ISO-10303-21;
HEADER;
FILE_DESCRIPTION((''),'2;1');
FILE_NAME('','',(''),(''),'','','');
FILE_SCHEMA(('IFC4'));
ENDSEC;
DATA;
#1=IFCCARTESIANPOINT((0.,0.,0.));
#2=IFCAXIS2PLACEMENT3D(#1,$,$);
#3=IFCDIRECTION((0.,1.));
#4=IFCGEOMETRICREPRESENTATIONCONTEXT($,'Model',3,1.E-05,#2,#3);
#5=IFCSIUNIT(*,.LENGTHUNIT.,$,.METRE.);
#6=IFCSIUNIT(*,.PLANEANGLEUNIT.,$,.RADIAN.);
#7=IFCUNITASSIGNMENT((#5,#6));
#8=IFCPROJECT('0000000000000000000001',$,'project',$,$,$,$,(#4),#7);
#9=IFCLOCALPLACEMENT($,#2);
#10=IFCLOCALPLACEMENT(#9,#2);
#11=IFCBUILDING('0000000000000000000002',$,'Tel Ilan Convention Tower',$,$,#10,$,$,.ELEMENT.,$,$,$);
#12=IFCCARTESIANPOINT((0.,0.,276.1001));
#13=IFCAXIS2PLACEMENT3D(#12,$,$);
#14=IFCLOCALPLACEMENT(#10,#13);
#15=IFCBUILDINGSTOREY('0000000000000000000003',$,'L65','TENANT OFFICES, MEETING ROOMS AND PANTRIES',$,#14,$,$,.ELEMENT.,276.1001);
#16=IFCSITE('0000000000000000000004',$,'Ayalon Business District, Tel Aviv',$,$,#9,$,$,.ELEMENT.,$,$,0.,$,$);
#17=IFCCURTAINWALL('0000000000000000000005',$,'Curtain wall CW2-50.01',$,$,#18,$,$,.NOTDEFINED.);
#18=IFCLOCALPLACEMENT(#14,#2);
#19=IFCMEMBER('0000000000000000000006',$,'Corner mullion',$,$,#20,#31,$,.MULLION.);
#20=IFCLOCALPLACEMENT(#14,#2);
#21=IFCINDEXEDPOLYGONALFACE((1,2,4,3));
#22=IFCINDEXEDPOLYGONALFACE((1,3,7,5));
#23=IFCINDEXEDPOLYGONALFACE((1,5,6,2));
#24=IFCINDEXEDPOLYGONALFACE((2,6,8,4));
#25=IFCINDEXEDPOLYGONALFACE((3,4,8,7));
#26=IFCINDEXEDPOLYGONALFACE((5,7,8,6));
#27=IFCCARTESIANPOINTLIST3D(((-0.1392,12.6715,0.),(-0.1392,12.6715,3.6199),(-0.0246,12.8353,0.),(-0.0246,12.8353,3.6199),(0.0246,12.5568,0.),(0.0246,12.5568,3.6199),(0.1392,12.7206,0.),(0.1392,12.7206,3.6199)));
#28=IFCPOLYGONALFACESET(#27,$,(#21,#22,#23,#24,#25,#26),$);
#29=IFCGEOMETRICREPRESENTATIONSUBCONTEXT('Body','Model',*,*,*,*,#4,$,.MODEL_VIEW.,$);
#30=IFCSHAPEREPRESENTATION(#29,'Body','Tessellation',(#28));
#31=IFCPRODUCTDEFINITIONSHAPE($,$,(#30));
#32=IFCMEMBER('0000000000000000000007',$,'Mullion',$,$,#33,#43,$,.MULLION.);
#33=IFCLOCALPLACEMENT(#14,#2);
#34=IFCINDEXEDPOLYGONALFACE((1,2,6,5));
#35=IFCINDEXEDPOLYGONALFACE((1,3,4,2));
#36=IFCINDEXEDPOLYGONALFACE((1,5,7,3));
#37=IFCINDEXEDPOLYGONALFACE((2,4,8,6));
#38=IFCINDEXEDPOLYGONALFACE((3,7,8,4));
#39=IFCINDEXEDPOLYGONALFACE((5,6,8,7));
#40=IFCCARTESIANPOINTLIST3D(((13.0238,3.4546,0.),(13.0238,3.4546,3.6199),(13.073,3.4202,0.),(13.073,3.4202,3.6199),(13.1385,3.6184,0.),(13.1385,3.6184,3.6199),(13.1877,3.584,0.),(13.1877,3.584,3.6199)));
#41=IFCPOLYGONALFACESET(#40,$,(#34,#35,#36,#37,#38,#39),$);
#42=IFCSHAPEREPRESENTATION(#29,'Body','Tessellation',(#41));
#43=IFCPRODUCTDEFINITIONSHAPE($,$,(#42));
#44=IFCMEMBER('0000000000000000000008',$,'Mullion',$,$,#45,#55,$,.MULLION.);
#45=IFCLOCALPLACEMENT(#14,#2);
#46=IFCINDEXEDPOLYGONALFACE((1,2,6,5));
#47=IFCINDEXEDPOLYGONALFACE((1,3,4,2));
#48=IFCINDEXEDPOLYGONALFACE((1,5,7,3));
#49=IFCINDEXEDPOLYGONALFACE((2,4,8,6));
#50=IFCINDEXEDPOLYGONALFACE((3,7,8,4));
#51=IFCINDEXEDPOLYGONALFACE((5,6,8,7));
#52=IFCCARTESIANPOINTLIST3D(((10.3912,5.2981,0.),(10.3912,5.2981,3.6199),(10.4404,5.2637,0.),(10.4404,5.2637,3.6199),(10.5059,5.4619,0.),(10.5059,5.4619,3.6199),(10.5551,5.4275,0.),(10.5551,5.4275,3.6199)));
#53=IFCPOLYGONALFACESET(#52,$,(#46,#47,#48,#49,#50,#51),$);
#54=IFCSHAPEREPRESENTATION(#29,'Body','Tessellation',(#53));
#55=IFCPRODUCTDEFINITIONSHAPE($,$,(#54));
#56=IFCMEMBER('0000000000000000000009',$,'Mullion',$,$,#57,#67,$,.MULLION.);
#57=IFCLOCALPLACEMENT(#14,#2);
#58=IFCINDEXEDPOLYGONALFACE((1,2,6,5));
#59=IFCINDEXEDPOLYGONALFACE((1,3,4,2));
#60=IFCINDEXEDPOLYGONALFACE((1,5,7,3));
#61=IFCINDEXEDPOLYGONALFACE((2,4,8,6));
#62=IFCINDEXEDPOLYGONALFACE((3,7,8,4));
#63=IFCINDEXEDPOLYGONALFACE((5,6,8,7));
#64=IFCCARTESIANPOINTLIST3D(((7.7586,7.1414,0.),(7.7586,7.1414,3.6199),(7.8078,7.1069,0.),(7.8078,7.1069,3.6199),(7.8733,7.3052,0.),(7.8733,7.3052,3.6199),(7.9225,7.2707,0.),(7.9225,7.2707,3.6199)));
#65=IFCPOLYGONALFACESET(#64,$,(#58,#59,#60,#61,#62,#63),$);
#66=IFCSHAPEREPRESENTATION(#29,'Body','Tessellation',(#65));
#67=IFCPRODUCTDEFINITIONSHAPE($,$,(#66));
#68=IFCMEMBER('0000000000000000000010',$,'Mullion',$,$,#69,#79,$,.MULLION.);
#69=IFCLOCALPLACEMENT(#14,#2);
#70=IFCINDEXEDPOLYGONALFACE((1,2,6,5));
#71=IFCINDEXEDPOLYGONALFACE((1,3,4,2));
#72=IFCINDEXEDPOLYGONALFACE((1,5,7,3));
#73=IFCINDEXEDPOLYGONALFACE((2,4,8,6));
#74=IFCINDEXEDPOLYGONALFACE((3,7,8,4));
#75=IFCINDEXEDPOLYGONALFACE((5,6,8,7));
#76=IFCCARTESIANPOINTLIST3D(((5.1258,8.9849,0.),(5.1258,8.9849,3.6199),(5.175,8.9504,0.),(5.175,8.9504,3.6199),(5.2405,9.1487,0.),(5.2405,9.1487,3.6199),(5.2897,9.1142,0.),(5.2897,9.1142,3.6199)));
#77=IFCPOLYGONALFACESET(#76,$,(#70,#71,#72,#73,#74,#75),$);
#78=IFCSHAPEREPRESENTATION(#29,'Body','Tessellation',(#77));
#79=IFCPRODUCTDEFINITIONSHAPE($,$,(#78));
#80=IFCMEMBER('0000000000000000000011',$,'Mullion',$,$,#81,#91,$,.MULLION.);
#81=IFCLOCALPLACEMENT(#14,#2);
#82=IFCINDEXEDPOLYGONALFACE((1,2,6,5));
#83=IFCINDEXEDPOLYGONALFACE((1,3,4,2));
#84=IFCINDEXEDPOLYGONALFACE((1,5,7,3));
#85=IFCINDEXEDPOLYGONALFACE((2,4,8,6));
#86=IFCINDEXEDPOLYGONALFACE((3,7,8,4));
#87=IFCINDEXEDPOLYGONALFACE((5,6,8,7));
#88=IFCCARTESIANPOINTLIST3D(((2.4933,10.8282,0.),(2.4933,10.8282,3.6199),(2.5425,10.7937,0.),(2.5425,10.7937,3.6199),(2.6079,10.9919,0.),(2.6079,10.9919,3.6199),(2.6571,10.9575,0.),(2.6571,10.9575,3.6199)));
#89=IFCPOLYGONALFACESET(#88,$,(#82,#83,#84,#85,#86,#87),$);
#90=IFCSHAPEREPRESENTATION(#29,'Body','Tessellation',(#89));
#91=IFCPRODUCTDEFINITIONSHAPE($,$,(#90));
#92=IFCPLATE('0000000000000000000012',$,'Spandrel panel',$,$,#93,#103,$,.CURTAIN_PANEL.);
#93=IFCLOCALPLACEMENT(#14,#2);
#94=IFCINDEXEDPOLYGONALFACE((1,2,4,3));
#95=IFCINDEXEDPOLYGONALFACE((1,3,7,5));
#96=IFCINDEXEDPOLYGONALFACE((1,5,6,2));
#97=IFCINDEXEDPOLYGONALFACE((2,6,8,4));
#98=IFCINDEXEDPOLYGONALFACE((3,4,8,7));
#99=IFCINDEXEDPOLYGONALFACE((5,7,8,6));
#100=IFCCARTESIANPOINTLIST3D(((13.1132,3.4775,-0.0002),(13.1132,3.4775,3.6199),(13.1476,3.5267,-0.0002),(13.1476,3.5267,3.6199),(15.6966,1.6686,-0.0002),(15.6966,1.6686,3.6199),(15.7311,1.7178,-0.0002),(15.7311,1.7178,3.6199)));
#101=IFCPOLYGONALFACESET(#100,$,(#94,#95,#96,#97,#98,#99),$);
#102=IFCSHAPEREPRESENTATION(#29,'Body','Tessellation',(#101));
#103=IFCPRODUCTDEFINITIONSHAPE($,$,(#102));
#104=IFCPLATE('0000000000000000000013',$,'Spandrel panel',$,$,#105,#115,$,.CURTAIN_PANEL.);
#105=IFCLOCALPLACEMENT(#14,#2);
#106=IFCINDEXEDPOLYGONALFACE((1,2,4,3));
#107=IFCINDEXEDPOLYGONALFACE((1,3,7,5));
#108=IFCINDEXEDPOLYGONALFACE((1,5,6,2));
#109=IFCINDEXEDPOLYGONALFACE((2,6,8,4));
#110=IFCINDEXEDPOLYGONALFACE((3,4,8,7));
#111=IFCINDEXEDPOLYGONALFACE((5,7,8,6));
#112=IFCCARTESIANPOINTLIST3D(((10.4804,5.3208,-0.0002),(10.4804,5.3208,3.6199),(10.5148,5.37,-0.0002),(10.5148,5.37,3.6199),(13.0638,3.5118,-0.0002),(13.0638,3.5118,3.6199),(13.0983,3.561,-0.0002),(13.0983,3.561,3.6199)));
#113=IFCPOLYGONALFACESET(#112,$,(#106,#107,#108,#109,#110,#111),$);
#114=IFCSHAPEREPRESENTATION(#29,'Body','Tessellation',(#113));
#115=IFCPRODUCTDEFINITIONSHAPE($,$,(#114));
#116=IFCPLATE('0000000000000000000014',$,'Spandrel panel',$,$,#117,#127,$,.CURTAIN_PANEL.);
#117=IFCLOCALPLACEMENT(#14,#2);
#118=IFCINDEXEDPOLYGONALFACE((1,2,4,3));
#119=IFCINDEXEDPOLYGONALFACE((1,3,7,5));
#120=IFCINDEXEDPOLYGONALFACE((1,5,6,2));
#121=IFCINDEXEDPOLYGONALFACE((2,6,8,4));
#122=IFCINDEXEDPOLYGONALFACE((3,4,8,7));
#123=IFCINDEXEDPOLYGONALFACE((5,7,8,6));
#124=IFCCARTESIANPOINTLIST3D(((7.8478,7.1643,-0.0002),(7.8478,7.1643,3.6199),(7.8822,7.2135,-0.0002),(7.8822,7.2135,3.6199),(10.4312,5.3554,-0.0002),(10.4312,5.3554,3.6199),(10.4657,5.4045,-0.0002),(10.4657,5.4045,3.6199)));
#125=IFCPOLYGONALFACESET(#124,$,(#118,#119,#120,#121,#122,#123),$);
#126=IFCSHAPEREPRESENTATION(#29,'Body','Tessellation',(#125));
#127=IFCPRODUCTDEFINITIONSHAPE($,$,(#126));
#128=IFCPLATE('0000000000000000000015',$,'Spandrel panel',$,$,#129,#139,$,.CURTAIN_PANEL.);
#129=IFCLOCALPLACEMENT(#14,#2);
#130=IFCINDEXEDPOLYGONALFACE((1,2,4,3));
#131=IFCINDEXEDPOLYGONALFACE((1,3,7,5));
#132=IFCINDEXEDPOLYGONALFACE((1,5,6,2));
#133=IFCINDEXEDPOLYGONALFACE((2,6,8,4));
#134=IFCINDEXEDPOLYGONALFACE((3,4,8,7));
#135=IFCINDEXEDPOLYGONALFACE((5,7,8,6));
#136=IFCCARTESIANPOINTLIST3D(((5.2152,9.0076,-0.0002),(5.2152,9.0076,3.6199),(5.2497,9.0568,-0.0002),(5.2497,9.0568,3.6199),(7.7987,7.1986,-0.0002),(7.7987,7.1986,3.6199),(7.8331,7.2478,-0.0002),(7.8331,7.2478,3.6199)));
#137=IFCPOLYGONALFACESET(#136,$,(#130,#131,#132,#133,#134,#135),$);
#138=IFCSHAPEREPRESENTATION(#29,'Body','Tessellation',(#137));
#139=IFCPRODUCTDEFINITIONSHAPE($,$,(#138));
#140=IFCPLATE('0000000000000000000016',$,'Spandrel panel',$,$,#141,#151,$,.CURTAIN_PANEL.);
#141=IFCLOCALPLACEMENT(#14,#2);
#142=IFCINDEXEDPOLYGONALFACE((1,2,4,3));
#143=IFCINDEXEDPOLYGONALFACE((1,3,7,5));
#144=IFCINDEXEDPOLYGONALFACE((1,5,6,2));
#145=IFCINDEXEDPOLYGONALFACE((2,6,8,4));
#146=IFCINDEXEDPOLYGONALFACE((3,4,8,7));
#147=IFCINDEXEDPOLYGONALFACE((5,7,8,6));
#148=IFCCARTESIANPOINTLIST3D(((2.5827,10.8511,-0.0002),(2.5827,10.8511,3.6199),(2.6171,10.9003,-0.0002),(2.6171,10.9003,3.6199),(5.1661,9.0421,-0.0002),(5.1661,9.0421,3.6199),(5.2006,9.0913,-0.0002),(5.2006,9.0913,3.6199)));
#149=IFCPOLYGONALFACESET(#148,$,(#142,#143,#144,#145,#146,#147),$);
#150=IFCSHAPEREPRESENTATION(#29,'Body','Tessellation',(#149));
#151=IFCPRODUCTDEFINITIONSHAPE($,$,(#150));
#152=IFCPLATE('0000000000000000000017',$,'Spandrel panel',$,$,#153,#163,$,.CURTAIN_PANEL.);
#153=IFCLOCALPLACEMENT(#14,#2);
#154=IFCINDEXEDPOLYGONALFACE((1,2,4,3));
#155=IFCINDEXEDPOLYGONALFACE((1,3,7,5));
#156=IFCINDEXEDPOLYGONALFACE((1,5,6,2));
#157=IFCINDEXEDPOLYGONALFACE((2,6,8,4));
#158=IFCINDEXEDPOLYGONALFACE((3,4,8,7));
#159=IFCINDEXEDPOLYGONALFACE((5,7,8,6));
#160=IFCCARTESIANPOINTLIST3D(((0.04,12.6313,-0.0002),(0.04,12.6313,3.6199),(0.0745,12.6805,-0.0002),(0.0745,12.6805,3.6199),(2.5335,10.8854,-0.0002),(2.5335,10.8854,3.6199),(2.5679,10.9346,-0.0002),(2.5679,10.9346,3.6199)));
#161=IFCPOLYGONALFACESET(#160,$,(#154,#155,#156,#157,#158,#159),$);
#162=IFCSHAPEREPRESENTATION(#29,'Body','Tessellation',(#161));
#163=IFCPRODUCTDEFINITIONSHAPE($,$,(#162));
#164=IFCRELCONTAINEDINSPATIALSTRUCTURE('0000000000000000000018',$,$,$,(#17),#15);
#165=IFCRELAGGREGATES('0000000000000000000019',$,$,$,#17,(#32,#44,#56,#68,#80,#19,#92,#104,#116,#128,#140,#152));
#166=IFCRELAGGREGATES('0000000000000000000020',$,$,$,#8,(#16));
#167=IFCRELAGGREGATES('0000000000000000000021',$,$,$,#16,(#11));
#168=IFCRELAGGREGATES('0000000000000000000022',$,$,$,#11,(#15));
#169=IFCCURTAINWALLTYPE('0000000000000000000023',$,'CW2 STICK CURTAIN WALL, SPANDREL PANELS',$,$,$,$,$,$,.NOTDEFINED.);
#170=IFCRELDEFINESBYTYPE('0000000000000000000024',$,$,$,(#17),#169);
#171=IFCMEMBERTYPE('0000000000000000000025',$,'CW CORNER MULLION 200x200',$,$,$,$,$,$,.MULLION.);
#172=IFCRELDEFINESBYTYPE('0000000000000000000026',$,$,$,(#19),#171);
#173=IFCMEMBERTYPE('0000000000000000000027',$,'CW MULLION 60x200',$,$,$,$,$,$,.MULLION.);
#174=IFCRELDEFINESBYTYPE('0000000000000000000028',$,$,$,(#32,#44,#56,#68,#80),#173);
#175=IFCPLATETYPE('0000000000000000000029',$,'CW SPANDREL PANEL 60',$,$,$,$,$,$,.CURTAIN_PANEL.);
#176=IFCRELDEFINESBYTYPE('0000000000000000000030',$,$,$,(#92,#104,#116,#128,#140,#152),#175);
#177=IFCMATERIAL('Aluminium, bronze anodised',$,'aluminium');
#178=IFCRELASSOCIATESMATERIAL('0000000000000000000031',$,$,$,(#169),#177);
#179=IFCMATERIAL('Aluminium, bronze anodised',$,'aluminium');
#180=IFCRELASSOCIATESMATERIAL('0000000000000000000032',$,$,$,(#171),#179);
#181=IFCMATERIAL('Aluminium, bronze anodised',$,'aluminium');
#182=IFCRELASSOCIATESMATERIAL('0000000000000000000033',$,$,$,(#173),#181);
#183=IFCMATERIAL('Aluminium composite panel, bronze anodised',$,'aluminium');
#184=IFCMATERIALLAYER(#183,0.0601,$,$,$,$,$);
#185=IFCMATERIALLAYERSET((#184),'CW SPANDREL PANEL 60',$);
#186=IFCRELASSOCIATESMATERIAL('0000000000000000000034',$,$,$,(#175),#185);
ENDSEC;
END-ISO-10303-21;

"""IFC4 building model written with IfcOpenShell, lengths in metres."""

from ifc_helpers import new_model, si_unit, direction, frame, origin, origin_2d, place, context, subcontext, project, spatial, rectangle, extrude, material, layer, layer_set, material_profile, profile_set, type_object, element, aggregate, save


model = new_model("IFC4")

# Units and contexts
model_context = context("Model", 3, precision=1e-05, world=origin(), true_north=direction((0.0, 1.0)))
body_context = subcontext(model_context, "Body", "Model", "MODEL_VIEW")
ifc_project = project(units=[si_unit("LENGTHUNIT", "METRE"), si_unit("PLANEANGLEUNIT", "RADIAN")], contexts=[model_context])

# Site, building, storey
site_placement = place(None, origin())
site = spatial("IfcSite", under=ifc_project, at=site_placement, Name="Ayalon Business District, Tel Aviv", CompositionType="ELEMENT", RefElevation=0.0)
building_placement = place(site_placement, origin())
building = spatial("IfcBuilding", under=site, at=building_placement, Name="Tel Ilan Convention Tower", CompositionType="ELEMENT")
storey_placement = place(building_placement, frame((0.0, 0.0, 276.1001)))
storey = spatial("IfcBuildingStorey", under=building, at=storey_placement, Name="L65", Description="TENANT OFFICES, MEETING ROOMS AND PANTRIES", CompositionType="ELEMENT", Elevation=276.1001)

# Curtain wall, members, plates
ifc_material_1 = material(Name="Aluminium, bronze anodised", Category="aluminium")
curtain_wall_type = type_object("IfcCurtainWallType", Name="CW2 STICK CURTAIN WALL, SPANDREL PANELS", PredefinedType="NOTDEFINED", material=ifc_material_1)
curtain_wall_placement = place(storey_placement, origin())
curtain_wall = element("IfcCurtainWall", 1, at=curtain_wall_placement, inside=storey, type_object=curtain_wall_type, Name="Curtain wall CW2-50.01", PredefinedType="NOTDEFINED")
ifc_material_2 = material(Name="Aluminium, bronze anodised", Category="aluminium")
ifc_material_profile_1 = material_profile(ifc_material_2, rectangle(XDim=0.2, YDim=0.2, at=origin_2d()), Name="CW CORNER MULLION 200x200")
ifc_profile_set_1 = profile_set([ifc_material_profile_1], Name="Aluminium, bronze anodised")
member_type_1 = type_object("IfcMemberType", Name="CW CORNER MULLION 200x200", PredefinedType="MULLION", material=ifc_profile_set_1)
member_1_placement = place(storey_placement, frame((0.0, 12.696, 0.0), z_axis=(0.0, 0.0, 1.0), x_axis=(-0.819152, 0.573576, 0.0)))
member_1 = element("IfcMember", 2, at=member_1_placement, type_object=member_type_1, Name="Corner mullion", PredefinedType="MULLION", context=body_context, shape_type="SweptSolid", body=[
    extrude(rectangle(XDim=0.2, YDim=0.2, at=origin_2d()), origin(), (0.0, 0.0, 1.0), 3.6199),
])
ifc_material_3 = material(Name="Aluminium, bronze anodised", Category="aluminium")
ifc_material_profile_2 = material_profile(ifc_material_3, rectangle(XDim=0.0601, YDim=0.2, at=origin_2d()), Name="CW MULLION 60x200")
ifc_profile_set_2 = profile_set([ifc_material_profile_2], Name="Aluminium, bronze anodised")
member_type_2 = type_object("IfcMemberType", Name="CW MULLION 60x200", PredefinedType="MULLION", material=ifc_profile_set_2)
member_2_placement = place(storey_placement, frame((13.1057, 3.5193, 0.0), z_axis=(0.0, 0.0, 1.0), x_axis=(-0.819152, 0.573576, 0.0)))
member_2 = element("IfcMember", 3, at=member_2_placement, type_object=member_type_2, Name="Mullion", PredefinedType="MULLION", context=body_context, shape_type="SweptSolid", body=[
    extrude(rectangle(XDim=0.0601, YDim=0.2, at=origin_2d()), origin(), (0.0, 0.0, 1.0), 3.6199),
])
member_3_placement = place(storey_placement, frame((10.4731, 5.3628, 0.0), z_axis=(0.0, 0.0, 1.0), x_axis=(-0.819152, 0.573576, 0.0)))
member_3 = element("IfcMember", 4, at=member_3_placement, type_object=member_type_2, Name="Mullion", PredefinedType="MULLION", context=body_context, shape_type="SweptSolid", body=[
    extrude(rectangle(XDim=0.0601, YDim=0.2, at=origin_2d()), origin(), (0.0, 0.0, 1.0), 3.6199),
])
member_4_placement = place(storey_placement, frame((7.8406, 7.2061, 0.0), z_axis=(0.0, 0.0, 1.0), x_axis=(-0.819152, 0.573576, 0.0)))
member_4 = element("IfcMember", 5, at=member_4_placement, type_object=member_type_2, Name="Mullion", PredefinedType="MULLION", context=body_context, shape_type="SweptSolid", body=[
    extrude(rectangle(XDim=0.0601, YDim=0.2, at=origin_2d()), origin(), (0.0, 0.0, 1.0), 3.6199),
])
member_5_placement = place(storey_placement, frame((5.2078, 9.0496, 0.0), z_axis=(0.0, 0.0, 1.0), x_axis=(-0.819152, 0.573576, 0.0)))
member_5 = element("IfcMember", 6, at=member_5_placement, type_object=member_type_2, Name="Mullion", PredefinedType="MULLION", context=body_context, shape_type="SweptSolid", body=[
    extrude(rectangle(XDim=0.0601, YDim=0.2, at=origin_2d()), origin(), (0.0, 0.0, 1.0), 3.6199),
])
member_6_placement = place(storey_placement, frame((2.5752, 10.8928, 0.0), z_axis=(0.0, 0.0, 1.0), x_axis=(-0.819152, 0.573576, 0.0)))
member_6 = element("IfcMember", 7, at=member_6_placement, type_object=member_type_2, Name="Mullion", PredefinedType="MULLION", context=body_context, shape_type="SweptSolid", body=[
    extrude(rectangle(XDim=0.0601, YDim=0.2, at=origin_2d()), origin(), (0.0, 0.0, 1.0), 3.6199),
])
ifc_material_4 = material(Name="Aluminium composite panel, bronze anodised", Category="aluminium")
ifc_layer_1 = layer(ifc_material_4, 0.0601)
ifc_layer_set_1 = layer_set([ifc_layer_1], Name="CW SPANDREL PANEL 60")
plate_type = type_object("IfcPlateType", Name="CW SPANDREL PANEL 60", PredefinedType="CURTAIN_PANEL", material=ifc_layer_set_1)
plate_1_placement = place(storey_placement, frame((14.4221, 2.5977, -0.0002), z_axis=(0.0, 0.0, 1.0), x_axis=(-0.819152, 0.573576, 0.0)))
plate_1 = element("IfcPlate", 8, at=plate_1_placement, type_object=plate_type, Name="Spandrel panel", PredefinedType="CURTAIN_PANEL", context=body_context, shape_type="SweptSolid", body=[
    extrude(rectangle(XDim=3.1538, YDim=0.0601, at=origin_2d()), origin(), (0.0, 0.0, 1.0), 3.6201),
])
plate_2_placement = place(storey_placement, frame((11.7893, 4.4409, -0.0002), z_axis=(0.0, 0.0, 1.0), x_axis=(-0.819152, 0.573576, 0.0)))
plate_2 = element("IfcPlate", 9, at=plate_2_placement, type_object=plate_type, Name="Spandrel panel", PredefinedType="CURTAIN_PANEL", context=body_context, shape_type="SweptSolid", body=[
    extrude(rectangle(XDim=3.1538, YDim=0.0601, at=origin_2d()), origin(), (0.0, 0.0, 1.0), 3.6201),
])
plate_3_placement = place(storey_placement, frame((9.1567, 6.2844, -0.0002), z_axis=(0.0, 0.0, 1.0), x_axis=(-0.819152, 0.573576, 0.0)))
plate_3 = element("IfcPlate", 10, at=plate_3_placement, type_object=plate_type, Name="Spandrel panel", PredefinedType="CURTAIN_PANEL", context=body_context, shape_type="SweptSolid", body=[
    extrude(rectangle(XDim=3.1538, YDim=0.0601, at=origin_2d()), origin(), (0.0, 0.0, 1.0), 3.6201),
])
plate_4_placement = place(storey_placement, frame((6.5242, 8.1277, -0.0002), z_axis=(0.0, 0.0, 1.0), x_axis=(-0.819152, 0.573576, 0.0)))
plate_4 = element("IfcPlate", 11, at=plate_4_placement, type_object=plate_type, Name="Spandrel panel", PredefinedType="CURTAIN_PANEL", context=body_context, shape_type="SweptSolid", body=[
    extrude(rectangle(XDim=3.1538, YDim=0.0601, at=origin_2d()), origin(), (0.0, 0.0, 1.0), 3.6201),
])
plate_5_placement = place(storey_placement, frame((3.8916, 9.9712, -0.0002), z_axis=(0.0, 0.0, 1.0), x_axis=(-0.819152, 0.573576, 0.0)))
plate_5 = element("IfcPlate", 12, at=plate_5_placement, type_object=plate_type, Name="Spandrel panel", PredefinedType="CURTAIN_PANEL", context=body_context, shape_type="SweptSolid", body=[
    extrude(rectangle(XDim=3.1538, YDim=0.0601, at=origin_2d()), origin(), (0.0, 0.0, 1.0), 3.6201),
])
plate_6_placement = place(storey_placement, frame((1.304, 11.783, -0.0002), z_axis=(0.0, 0.0, 1.0), x_axis=(-0.819152, 0.573576, 0.0)))
plate_6 = element("IfcPlate", 13, at=plate_6_placement, type_object=plate_type, Name="Spandrel panel", PredefinedType="CURTAIN_PANEL", context=body_context, shape_type="SweptSolid", body=[
    extrude(rectangle(XDim=3.0439, YDim=0.0601, at=origin_2d()), origin(), (0.0, 0.0, 1.0), 3.6201),
])
aggregate(curtain_wall, [member_2, member_3, member_4, member_5, member_6, member_1, plate_1, plate_2, plate_3, plate_4, plate_5, plate_6])

save(model, "model.ifc")
